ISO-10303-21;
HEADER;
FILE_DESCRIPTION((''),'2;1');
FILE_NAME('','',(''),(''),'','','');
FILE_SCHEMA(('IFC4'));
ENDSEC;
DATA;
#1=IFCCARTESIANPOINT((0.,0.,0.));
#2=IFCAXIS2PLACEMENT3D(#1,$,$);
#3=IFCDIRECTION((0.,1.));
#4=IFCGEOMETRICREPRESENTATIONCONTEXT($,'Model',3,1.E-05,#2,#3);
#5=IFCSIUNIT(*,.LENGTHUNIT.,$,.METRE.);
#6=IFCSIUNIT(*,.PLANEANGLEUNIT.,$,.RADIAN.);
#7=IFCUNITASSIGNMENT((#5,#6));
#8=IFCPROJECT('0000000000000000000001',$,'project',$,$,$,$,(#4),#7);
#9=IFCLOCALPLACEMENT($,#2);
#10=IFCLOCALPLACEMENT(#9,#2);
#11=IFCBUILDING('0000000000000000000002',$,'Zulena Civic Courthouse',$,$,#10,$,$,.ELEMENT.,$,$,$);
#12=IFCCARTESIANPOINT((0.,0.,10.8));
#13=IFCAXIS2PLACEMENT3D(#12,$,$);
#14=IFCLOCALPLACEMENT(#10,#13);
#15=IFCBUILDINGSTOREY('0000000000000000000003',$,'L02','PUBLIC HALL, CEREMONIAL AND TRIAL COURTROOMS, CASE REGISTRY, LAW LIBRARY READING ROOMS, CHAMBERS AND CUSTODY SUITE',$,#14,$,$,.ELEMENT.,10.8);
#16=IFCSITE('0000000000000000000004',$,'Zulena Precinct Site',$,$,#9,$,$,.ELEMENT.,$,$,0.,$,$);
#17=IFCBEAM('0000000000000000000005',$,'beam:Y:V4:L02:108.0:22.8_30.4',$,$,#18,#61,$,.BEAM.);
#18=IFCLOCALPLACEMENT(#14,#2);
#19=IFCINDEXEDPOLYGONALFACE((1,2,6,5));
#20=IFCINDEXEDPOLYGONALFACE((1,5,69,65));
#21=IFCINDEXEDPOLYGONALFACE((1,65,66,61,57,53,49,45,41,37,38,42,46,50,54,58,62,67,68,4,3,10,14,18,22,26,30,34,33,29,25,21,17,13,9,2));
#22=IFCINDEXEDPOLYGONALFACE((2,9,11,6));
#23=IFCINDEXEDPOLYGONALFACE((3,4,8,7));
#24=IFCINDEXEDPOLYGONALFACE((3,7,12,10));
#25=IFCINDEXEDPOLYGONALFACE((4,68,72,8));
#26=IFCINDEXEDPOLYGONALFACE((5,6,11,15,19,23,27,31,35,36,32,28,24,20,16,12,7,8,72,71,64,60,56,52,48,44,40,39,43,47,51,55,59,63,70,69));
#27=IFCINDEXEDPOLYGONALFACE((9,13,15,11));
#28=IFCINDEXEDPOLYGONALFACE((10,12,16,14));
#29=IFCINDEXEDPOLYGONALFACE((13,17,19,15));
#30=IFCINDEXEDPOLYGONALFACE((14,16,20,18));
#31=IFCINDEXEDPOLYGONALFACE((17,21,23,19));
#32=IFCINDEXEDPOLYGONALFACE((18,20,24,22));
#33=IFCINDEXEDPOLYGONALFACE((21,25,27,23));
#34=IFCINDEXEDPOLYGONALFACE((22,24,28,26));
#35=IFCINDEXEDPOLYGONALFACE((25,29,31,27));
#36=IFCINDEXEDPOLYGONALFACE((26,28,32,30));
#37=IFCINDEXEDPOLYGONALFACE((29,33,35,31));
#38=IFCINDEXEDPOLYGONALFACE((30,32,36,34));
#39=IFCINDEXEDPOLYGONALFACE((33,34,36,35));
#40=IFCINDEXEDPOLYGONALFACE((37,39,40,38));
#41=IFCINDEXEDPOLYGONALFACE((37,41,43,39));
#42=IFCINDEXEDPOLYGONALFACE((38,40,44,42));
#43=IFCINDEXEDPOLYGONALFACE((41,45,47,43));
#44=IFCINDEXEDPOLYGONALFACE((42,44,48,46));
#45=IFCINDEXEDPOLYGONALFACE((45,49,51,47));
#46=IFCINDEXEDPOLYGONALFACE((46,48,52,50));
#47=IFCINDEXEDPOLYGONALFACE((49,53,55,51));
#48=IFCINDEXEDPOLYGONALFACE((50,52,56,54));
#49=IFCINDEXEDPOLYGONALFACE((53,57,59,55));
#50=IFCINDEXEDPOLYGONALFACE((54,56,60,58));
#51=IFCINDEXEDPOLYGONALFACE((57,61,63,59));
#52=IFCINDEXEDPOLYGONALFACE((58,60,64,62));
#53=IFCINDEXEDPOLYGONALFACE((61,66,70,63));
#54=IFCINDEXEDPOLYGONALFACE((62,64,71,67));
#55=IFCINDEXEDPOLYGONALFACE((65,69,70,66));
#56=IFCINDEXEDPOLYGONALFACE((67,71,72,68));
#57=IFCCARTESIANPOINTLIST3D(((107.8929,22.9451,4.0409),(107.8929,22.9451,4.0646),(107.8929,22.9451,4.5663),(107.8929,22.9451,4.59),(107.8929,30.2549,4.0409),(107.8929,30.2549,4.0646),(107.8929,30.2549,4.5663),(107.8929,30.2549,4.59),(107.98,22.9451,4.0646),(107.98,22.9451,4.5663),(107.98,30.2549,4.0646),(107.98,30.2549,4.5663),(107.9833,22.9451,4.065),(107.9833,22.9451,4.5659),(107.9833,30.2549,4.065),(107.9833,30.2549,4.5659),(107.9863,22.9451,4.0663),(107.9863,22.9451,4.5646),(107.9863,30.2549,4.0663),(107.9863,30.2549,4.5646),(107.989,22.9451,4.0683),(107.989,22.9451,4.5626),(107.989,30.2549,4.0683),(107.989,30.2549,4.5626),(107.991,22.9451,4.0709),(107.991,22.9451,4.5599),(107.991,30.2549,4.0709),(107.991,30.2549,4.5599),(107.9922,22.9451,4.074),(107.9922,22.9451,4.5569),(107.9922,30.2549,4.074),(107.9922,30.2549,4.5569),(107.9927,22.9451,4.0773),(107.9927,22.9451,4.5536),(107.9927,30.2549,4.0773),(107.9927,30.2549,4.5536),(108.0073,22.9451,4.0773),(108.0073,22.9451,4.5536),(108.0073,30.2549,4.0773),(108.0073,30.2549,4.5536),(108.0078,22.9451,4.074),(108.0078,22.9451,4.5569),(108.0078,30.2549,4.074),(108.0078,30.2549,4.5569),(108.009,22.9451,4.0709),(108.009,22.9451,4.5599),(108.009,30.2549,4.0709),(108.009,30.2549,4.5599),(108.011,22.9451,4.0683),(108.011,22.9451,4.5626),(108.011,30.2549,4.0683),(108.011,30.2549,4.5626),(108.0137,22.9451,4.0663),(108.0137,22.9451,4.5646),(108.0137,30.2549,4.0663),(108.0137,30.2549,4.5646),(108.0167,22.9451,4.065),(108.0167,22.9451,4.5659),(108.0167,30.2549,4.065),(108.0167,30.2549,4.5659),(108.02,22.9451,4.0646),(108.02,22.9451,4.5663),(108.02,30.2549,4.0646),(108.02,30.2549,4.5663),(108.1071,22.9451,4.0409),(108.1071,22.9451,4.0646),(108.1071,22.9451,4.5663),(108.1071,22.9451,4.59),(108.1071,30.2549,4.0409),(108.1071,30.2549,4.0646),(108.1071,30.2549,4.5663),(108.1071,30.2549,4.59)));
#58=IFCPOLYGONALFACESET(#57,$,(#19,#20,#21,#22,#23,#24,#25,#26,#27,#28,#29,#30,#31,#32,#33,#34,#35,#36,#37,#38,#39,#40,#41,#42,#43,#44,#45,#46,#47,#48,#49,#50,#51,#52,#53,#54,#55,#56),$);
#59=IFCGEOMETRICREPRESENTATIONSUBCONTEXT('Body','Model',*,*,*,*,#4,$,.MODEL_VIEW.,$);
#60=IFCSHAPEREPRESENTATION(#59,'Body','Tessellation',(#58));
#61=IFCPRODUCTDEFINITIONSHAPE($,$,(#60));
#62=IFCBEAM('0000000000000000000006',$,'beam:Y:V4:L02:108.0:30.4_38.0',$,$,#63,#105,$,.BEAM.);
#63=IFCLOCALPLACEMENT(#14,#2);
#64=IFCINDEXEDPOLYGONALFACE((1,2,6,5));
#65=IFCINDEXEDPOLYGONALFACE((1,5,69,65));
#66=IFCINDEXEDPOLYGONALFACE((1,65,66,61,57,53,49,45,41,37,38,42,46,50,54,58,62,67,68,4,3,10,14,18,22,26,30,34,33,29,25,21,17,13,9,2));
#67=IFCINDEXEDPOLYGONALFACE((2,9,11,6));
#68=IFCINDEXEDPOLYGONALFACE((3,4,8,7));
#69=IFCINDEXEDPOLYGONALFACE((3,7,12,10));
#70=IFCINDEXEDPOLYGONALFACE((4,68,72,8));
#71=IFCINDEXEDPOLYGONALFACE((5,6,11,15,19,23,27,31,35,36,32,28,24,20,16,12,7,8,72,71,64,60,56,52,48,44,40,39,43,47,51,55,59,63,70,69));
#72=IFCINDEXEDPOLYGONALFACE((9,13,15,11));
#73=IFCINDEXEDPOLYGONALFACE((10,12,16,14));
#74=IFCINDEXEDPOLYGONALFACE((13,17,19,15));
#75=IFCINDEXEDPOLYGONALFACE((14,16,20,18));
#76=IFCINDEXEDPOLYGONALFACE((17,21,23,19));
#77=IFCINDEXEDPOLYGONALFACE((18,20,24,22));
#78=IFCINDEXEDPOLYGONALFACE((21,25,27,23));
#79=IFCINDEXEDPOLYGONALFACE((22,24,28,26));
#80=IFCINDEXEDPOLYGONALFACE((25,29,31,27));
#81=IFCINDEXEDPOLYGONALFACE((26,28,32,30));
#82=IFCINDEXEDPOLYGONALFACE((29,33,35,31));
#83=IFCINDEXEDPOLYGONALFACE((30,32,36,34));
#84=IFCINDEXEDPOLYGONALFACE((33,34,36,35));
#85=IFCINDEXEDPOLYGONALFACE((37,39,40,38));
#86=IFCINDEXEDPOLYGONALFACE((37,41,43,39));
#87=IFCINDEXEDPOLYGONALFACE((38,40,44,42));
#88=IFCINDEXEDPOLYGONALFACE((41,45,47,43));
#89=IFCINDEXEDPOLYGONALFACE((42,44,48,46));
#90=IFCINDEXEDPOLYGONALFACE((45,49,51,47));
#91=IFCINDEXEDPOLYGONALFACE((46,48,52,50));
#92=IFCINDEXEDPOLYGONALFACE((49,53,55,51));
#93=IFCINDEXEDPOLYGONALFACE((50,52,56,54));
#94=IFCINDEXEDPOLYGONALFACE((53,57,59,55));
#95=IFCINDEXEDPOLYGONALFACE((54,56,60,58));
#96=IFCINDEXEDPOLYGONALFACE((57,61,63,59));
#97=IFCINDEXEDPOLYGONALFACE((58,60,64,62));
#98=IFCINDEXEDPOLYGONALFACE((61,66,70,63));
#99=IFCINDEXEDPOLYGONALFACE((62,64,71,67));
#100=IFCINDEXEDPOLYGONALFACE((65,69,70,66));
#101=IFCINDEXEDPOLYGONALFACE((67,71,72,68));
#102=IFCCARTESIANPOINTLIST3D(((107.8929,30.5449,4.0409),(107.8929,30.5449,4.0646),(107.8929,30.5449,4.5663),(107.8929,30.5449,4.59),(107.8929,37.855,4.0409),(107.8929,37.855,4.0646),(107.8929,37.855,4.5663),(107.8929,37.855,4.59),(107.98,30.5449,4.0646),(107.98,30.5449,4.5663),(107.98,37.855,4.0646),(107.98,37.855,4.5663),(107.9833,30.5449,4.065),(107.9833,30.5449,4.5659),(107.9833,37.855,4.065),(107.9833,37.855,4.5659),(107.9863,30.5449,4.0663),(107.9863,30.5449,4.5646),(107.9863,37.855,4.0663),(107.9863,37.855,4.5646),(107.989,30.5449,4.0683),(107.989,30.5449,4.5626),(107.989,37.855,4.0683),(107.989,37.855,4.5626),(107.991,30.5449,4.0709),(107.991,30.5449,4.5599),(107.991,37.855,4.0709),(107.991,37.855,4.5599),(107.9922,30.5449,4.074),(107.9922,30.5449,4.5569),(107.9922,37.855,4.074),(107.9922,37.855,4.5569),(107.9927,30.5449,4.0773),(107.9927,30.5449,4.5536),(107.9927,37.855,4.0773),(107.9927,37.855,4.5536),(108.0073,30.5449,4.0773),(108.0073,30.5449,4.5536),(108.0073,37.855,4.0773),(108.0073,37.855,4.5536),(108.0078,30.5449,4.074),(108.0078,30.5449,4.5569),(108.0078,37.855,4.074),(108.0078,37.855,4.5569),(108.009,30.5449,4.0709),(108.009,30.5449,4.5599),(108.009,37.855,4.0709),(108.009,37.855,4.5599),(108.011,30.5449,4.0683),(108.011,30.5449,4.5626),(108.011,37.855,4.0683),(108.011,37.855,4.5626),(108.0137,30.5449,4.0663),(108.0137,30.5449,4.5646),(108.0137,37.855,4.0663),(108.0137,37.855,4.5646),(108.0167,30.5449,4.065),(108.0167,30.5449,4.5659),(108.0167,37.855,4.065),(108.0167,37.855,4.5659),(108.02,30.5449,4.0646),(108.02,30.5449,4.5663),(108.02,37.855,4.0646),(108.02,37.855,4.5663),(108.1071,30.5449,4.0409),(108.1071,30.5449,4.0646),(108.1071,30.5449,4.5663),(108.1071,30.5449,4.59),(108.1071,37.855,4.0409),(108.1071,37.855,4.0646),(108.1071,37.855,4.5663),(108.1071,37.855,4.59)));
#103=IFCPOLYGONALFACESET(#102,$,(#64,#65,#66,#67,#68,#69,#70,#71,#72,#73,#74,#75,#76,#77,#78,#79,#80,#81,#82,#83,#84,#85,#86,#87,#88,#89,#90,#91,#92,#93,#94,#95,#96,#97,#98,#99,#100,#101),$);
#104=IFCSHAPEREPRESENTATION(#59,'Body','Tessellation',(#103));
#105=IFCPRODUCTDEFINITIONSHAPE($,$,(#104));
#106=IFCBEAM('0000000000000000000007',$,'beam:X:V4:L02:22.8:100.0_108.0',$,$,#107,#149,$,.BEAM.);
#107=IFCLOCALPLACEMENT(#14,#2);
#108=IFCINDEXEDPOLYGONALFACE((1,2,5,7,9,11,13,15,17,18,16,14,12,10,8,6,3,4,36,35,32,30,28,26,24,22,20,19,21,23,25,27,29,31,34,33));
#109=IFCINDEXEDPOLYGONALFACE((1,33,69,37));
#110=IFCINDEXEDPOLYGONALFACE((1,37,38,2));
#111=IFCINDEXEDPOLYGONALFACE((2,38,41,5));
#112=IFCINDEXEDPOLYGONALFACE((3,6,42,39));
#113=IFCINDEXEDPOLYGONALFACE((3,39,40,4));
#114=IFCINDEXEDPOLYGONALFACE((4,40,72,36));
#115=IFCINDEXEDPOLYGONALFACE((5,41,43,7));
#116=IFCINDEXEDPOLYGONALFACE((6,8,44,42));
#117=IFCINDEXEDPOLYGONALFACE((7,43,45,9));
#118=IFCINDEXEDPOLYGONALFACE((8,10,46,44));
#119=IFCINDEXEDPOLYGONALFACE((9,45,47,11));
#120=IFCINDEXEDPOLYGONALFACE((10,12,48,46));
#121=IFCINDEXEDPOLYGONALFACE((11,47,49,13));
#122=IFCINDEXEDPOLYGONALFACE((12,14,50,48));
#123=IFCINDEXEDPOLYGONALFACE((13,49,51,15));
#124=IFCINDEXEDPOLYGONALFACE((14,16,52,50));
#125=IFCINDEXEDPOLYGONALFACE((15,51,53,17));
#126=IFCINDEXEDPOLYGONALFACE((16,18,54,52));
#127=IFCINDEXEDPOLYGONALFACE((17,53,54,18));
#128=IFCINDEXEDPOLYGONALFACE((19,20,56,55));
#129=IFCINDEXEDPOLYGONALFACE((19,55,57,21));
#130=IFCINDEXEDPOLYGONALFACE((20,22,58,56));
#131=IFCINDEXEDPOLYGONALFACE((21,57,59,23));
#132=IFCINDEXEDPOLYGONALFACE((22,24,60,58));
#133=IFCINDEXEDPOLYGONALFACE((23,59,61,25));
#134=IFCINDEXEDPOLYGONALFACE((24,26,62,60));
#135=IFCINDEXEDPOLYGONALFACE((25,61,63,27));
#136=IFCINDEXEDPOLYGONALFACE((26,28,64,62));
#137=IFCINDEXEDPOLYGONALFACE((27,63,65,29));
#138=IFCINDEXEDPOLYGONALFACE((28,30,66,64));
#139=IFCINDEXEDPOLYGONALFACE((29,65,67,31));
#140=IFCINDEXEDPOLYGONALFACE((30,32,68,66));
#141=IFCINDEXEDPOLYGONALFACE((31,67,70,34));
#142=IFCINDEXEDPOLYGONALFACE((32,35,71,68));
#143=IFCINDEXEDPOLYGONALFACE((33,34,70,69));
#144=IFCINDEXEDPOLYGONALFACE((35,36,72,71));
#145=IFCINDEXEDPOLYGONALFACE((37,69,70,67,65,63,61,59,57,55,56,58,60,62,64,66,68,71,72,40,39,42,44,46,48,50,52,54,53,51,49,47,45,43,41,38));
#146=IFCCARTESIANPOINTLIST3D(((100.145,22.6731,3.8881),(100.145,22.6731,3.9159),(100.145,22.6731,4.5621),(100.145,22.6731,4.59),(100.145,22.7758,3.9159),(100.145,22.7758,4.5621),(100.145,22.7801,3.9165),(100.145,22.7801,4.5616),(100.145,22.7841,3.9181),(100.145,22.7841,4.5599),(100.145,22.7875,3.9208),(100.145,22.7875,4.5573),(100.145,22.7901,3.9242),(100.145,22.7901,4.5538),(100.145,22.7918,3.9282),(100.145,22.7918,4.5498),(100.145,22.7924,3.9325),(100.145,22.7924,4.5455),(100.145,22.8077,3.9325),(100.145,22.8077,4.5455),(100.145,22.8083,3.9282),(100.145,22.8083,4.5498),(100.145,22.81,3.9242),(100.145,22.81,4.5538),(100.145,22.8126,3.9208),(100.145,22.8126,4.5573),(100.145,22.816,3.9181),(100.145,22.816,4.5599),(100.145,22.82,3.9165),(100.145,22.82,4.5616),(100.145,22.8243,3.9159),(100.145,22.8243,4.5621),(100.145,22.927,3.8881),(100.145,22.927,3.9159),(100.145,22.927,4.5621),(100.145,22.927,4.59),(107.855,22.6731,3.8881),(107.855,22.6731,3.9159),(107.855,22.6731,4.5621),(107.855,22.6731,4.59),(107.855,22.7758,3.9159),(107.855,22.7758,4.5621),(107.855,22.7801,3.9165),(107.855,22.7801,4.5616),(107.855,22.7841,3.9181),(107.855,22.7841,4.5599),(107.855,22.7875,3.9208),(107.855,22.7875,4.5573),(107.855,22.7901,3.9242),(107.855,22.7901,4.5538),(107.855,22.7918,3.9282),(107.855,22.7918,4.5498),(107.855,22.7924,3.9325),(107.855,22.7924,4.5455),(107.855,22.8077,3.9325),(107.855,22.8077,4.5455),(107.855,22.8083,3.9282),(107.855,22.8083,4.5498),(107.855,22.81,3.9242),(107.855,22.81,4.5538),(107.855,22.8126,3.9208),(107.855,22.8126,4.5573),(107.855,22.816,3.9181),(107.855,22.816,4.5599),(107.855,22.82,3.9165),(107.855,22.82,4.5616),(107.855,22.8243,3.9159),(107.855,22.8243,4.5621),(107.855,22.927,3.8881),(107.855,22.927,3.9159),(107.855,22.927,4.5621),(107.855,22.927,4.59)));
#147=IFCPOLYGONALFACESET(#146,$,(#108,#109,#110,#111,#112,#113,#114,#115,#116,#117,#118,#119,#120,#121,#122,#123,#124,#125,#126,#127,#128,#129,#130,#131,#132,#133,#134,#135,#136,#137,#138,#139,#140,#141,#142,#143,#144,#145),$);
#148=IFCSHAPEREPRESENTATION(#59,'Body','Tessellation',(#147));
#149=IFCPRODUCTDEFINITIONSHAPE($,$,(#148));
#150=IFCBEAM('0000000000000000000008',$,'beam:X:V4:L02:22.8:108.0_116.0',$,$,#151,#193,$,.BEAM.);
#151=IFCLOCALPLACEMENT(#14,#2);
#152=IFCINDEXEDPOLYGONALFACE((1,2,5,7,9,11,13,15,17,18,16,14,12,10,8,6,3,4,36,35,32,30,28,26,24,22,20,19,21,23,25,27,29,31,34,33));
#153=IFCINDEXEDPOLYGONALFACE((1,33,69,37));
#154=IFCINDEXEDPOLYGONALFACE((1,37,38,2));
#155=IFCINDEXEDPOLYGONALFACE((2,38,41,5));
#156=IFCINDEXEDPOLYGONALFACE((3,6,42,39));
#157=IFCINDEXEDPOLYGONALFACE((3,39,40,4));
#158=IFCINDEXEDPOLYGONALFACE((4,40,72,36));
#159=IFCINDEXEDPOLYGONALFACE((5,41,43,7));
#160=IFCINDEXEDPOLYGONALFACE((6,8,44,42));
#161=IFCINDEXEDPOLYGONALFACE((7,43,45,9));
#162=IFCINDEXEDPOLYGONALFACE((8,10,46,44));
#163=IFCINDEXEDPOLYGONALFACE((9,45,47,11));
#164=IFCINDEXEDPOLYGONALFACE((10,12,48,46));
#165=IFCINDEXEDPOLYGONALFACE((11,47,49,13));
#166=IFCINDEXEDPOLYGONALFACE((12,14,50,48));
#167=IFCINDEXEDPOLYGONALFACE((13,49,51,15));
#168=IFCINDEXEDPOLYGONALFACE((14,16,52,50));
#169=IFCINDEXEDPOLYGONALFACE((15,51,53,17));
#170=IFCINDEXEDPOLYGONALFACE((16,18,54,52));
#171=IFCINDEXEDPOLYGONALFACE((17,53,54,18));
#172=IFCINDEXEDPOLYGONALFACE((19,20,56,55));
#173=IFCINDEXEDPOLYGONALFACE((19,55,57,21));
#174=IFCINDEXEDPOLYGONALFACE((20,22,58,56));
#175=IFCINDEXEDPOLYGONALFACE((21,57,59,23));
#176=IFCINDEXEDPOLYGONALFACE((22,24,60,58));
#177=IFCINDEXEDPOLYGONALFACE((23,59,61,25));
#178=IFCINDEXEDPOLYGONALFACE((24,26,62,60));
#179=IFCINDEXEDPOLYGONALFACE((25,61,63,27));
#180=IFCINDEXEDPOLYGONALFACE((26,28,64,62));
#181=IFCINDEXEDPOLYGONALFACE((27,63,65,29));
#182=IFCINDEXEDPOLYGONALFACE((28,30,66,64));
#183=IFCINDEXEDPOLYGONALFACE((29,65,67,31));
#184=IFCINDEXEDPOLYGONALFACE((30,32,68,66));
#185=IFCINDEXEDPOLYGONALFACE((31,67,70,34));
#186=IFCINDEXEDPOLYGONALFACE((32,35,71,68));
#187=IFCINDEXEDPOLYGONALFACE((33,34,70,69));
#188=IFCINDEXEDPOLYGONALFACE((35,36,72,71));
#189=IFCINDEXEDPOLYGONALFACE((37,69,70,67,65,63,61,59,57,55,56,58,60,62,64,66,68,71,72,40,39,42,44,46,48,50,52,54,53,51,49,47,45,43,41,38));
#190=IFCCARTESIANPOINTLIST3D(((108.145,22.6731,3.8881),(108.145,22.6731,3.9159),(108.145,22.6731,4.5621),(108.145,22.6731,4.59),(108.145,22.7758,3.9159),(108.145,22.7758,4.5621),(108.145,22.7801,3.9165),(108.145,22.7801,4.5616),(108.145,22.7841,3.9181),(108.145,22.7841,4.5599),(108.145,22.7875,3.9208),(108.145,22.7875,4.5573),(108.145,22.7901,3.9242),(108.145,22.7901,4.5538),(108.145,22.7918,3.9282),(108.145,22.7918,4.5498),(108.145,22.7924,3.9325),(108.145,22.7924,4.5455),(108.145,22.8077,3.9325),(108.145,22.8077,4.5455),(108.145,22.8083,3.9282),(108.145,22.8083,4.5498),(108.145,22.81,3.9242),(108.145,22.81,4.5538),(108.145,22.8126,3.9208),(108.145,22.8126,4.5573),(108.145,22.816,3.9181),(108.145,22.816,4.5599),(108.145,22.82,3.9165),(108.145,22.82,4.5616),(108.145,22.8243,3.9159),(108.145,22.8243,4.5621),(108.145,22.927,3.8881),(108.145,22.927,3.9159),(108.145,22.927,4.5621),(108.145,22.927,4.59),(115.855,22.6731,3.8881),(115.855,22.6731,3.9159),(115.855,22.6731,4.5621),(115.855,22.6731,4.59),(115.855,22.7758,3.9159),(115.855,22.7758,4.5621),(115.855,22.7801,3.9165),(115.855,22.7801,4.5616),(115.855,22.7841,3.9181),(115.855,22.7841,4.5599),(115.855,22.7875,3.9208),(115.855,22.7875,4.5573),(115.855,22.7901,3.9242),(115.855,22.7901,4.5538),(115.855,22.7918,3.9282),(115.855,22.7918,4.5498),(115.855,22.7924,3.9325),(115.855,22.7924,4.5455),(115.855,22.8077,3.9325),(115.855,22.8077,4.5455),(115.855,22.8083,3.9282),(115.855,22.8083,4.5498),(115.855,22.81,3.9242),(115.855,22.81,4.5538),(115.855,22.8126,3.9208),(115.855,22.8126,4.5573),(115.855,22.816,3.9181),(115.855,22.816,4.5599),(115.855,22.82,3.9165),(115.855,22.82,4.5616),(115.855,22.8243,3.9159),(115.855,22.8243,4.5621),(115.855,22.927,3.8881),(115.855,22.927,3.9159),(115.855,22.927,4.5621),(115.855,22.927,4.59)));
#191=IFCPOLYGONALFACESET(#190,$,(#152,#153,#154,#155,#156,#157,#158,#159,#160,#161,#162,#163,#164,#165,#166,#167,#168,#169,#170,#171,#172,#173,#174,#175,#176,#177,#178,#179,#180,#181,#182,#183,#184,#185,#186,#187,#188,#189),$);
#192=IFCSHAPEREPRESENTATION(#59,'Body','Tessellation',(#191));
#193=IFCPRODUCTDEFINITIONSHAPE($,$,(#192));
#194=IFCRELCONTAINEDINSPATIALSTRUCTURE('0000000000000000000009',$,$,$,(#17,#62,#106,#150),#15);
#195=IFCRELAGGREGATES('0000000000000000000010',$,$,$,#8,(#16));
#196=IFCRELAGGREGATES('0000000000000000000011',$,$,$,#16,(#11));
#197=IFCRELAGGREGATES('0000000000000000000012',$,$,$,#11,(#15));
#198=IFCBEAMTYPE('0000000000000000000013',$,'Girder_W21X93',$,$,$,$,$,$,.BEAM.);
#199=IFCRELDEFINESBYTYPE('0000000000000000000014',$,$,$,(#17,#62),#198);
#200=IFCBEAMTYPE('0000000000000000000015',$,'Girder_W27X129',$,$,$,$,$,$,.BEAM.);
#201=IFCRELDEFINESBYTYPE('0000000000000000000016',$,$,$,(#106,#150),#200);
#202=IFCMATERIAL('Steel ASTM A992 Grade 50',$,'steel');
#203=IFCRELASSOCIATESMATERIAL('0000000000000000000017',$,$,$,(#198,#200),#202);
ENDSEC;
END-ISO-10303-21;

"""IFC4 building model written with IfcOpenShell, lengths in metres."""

from ifc_helpers import new_model, si_unit, direction, frame, origin, origin_2d, place, context, subcontext, project, spatial, i_section, extrude, material, material_profile, profile_set, type_object, element, save


model = new_model("IFC4")

# Units and contexts
model_context = context("Model", 3, precision=1e-05, world=origin(), true_north=direction((0.0, 1.0)))
body_context = subcontext(model_context, "Body", "Model", "MODEL_VIEW")
ifc_project = project(units=[si_unit("LENGTHUNIT", "METRE"), si_unit("PLANEANGLEUNIT", "RADIAN")], contexts=[model_context])

# Site, building, storey
site_placement = place(None, origin())
site = spatial("IfcSite", under=ifc_project, at=site_placement, Name="Zulena Precinct Site", CompositionType="ELEMENT", RefElevation=0.0)
building_placement = place(site_placement, origin())
building = spatial("IfcBuilding", under=site, at=building_placement, Name="Zulena Civic Courthouse", CompositionType="ELEMENT")
storey_placement = place(building_placement, frame((0.0, 0.0, 10.8)))
storey = spatial("IfcBuildingStorey", under=building, at=storey_placement, Name="L02", Description="PUBLIC HALL, CEREMONIAL AND TRIAL COURTROOMS, CASE REGISTRY, LAW LIBRARY READING ROOMS, CHAMBERS AND CUSTODY SUITE", CompositionType="ELEMENT", Elevation=10.8)

# Shared definitions
ifc_material_1 = material(Name="Steel ASTM A992 Grade 50", Category="steel")

# Beams
ifc_material_profile_1 = material_profile(ifc_material_1, i_section(OverallWidth=0.2141, OverallDepth=0.5491, WebThickness=0.0146, FlangeThickness=0.0237, FilletRadius=0.0127, at=origin_2d()), Name="W21X93")
ifc_profile_set_1 = profile_set([ifc_material_profile_1], Name="Steel ASTM A992 Grade 50")
beam_type_1 = type_object("IfcBeamType", Name="Girder_W21X93", PredefinedType="BEAM", material=ifc_profile_set_1)
beam_1_placement = place(storey_placement, frame((108.0, 22.9451, 4.3154), z_axis=(0.0, 1.0, 0.0), x_axis=(-1.0, 0.0, 0.0)))
element("IfcBeam", 1, at=beam_1_placement, inside=storey, type_object=beam_type_1, Name="beam:Y:V4:L02:108.0:22.8_30.4", PredefinedType="BEAM", context=body_context, shape_type="SweptSolid", body=[
    extrude(i_section(OverallWidth=0.2141, OverallDepth=0.5491, WebThickness=0.0146, FlangeThickness=0.0237, FilletRadius=0.0127, at=origin_2d()), origin(), (0.0, 0.0, 1.0), 7.3098),
])
beam_2_placement = place(storey_placement, frame((108.0, 30.5449, 4.3154), z_axis=(0.0, 1.0, 0.0), x_axis=(-1.0, 0.0, 0.0)))
element("IfcBeam", 2, at=beam_2_placement, inside=storey, type_object=beam_type_1, Name="beam:Y:V4:L02:108.0:30.4_38.0", PredefinedType="BEAM", context=body_context, shape_type="SweptSolid", body=[
    extrude(i_section(OverallWidth=0.2141, OverallDepth=0.5491, WebThickness=0.0146, FlangeThickness=0.0237, FilletRadius=0.0127, at=origin_2d()), origin(), (0.0, 0.0, 1.0), 7.3101),
])
ifc_material_profile_2 = material_profile(ifc_material_1, i_section(OverallWidth=0.2539, OverallDepth=0.7019, WebThickness=0.0154, FlangeThickness=0.0278, FilletRadius=0.0166, at=origin_2d()), Name="W27X129")
ifc_profile_set_2 = profile_set([ifc_material_profile_2], Name="Steel ASTM A992 Grade 50")
beam_type_2 = type_object("IfcBeamType", Name="Girder_W27X129", PredefinedType="BEAM", material=ifc_profile_set_2)
for number, where, z_axis, x_axis, name in (
    (3, (100.145, 22.8, 4.239), (1.0, 0.0, 0.0), (0.0, 1.0, 0.0), "beam:X:V4:L02:22.8:100.0_108.0"),
    (4, (108.145, 22.8, 4.239), (1.0, 0.0, 0.0), (0.0, 1.0, 0.0), "beam:X:V4:L02:22.8:108.0_116.0"),
):
    element("IfcBeam", number, at=place(storey_placement, frame(where, z_axis=z_axis, x_axis=x_axis)), inside=storey, type_object=beam_type_2, Name=name, PredefinedType="BEAM", context=body_context, shape_type="SweptSolid", body=[
        extrude(i_section(OverallWidth=0.2539, OverallDepth=0.7019, WebThickness=0.0154, FlangeThickness=0.0278, FilletRadius=0.0166, at=origin_2d()), origin(), (0.0, 0.0, 1.0), 7.71),
    ])

save(model, "model.ifc")
